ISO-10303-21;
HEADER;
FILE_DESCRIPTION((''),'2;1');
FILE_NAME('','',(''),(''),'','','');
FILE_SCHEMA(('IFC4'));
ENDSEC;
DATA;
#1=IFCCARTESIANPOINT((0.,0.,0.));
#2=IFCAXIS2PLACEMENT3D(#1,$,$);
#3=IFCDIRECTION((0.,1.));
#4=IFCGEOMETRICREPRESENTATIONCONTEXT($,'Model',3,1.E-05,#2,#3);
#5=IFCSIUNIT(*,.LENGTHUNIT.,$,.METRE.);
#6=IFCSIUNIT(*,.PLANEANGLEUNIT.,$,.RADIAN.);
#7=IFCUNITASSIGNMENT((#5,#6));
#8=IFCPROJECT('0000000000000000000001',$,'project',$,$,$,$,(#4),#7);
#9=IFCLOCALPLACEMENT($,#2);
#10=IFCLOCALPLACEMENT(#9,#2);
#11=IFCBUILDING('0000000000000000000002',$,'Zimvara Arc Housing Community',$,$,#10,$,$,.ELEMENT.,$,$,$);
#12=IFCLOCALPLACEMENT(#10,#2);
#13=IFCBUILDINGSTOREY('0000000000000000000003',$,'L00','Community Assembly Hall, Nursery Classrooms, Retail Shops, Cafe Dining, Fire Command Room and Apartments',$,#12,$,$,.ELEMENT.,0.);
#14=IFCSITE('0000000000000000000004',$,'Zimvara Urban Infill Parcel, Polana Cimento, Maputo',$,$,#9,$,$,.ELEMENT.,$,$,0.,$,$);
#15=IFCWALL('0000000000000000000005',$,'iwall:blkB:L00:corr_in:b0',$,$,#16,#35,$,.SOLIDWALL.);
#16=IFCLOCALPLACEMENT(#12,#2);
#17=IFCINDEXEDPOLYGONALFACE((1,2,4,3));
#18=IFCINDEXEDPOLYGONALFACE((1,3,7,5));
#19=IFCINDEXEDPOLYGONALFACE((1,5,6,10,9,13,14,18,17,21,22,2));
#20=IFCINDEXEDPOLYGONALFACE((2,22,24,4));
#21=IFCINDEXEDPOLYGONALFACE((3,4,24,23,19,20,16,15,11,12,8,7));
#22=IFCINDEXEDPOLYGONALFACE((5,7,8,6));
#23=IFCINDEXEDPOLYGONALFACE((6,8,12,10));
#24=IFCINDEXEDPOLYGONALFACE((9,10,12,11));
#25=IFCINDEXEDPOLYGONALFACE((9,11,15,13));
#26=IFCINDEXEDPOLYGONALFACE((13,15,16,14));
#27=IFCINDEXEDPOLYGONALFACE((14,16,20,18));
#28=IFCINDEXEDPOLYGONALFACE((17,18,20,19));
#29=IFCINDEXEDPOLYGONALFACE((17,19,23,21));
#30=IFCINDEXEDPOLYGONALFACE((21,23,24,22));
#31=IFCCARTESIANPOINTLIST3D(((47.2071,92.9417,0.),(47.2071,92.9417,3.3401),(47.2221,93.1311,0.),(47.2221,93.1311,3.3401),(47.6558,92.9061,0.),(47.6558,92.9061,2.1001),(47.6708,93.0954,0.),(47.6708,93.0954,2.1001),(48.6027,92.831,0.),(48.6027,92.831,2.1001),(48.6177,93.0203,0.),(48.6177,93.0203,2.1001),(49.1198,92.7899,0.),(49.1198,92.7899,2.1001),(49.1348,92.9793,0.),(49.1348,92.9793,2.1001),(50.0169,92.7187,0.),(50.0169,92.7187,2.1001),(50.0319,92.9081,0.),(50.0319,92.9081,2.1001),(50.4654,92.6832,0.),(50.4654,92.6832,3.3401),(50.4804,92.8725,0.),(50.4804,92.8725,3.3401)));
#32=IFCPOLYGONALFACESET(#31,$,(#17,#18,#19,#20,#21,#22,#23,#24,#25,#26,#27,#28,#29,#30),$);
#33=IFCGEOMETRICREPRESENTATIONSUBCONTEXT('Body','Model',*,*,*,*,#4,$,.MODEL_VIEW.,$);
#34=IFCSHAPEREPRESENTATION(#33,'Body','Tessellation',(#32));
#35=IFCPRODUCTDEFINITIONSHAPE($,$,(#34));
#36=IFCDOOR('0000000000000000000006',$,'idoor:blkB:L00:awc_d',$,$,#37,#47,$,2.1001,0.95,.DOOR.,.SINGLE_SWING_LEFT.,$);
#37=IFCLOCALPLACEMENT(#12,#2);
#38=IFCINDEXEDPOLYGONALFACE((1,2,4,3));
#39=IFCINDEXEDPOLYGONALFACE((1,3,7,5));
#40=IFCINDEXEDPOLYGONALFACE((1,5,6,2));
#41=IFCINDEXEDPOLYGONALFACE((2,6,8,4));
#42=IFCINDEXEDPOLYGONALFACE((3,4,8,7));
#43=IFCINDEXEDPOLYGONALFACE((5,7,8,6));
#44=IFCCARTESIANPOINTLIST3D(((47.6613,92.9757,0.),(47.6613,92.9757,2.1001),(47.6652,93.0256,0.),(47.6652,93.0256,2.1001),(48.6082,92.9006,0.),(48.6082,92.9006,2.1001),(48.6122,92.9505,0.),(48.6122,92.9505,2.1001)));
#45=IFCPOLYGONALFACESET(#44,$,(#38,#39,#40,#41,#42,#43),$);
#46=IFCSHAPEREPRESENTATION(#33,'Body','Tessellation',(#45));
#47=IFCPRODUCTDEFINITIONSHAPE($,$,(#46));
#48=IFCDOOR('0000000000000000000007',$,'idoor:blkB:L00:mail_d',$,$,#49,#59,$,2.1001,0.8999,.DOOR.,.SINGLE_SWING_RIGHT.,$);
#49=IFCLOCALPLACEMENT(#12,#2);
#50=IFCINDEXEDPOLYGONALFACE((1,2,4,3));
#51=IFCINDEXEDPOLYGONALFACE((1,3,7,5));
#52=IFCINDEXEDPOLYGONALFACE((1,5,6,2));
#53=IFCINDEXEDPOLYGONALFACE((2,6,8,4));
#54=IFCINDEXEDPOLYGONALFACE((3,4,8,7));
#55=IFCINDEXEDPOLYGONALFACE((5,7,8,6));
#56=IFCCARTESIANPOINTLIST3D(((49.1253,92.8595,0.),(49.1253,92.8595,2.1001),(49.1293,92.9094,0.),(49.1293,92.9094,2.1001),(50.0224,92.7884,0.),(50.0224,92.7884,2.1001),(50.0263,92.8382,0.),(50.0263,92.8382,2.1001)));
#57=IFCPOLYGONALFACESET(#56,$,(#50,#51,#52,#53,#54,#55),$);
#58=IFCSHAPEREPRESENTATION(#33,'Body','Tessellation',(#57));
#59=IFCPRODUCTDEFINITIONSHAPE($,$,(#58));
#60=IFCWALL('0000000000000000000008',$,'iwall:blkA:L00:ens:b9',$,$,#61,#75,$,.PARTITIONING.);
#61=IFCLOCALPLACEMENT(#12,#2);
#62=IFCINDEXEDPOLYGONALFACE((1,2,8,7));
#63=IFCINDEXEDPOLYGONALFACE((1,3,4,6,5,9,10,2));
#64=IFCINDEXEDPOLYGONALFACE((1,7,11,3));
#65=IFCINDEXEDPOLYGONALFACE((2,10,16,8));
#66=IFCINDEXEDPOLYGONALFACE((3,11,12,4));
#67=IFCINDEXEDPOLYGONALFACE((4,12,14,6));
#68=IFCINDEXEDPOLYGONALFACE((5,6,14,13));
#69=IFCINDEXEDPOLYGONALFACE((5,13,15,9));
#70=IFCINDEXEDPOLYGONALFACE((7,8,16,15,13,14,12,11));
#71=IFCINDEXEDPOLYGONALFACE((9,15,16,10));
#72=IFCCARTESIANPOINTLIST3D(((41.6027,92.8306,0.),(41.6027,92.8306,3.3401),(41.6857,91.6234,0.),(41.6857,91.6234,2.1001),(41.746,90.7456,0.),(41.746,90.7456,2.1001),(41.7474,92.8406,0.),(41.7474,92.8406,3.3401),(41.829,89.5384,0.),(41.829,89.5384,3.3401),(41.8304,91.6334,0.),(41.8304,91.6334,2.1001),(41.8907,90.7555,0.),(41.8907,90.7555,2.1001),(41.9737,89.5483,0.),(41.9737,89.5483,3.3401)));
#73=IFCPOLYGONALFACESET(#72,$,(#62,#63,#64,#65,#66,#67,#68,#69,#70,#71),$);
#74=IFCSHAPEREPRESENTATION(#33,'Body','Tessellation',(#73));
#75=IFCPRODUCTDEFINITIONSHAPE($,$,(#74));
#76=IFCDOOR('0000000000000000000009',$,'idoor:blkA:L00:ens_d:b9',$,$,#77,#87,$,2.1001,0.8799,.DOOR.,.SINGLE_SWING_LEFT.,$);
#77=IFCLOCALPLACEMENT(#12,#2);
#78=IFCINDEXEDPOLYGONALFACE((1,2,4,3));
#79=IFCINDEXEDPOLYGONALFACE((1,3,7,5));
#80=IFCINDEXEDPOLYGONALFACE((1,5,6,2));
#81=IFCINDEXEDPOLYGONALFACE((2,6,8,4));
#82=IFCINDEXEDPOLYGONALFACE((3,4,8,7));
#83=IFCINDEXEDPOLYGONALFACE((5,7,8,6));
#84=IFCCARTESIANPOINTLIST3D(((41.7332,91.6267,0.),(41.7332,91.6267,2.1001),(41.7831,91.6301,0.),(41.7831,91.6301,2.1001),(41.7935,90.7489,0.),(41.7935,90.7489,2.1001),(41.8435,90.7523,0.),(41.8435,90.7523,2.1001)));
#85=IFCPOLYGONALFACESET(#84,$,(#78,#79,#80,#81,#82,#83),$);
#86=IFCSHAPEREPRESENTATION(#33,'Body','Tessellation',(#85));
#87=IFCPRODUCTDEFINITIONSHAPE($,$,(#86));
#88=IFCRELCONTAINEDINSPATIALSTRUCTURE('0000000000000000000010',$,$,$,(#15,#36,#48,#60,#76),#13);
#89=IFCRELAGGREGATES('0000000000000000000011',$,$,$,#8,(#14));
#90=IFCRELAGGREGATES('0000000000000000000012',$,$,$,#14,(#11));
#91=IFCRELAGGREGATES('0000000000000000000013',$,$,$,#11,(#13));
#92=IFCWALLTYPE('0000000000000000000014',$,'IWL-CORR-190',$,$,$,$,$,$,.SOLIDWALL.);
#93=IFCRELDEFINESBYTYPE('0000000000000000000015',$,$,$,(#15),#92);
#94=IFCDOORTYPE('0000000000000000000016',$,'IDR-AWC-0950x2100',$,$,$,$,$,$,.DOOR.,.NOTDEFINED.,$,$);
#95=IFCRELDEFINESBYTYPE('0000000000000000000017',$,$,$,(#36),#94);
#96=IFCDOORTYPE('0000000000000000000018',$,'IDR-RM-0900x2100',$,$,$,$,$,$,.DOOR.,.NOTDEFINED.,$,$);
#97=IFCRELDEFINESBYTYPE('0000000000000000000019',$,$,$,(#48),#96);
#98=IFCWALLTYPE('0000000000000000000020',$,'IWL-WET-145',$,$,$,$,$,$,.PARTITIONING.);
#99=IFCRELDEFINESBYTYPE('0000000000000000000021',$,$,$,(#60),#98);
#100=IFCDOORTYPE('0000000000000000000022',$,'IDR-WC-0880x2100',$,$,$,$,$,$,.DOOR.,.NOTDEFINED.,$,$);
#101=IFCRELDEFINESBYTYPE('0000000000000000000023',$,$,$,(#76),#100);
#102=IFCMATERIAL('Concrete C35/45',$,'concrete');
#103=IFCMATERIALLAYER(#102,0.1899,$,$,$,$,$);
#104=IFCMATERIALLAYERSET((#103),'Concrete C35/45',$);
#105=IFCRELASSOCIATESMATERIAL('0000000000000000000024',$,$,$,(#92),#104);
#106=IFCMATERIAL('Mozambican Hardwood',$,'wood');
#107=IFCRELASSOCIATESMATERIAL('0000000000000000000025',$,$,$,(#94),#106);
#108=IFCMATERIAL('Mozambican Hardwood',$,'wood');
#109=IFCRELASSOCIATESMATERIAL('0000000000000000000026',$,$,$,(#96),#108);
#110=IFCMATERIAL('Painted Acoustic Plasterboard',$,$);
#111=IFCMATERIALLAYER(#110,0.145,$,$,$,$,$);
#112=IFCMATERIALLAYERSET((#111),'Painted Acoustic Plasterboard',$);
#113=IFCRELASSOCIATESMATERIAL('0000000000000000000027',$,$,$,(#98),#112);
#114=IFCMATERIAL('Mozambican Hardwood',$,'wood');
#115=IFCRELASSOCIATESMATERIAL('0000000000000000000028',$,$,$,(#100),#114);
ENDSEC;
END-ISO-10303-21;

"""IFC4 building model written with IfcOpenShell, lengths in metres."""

from ifc_helpers import new_model, si_unit, direction, frame, frame_2d, origin, place, context, subcontext, project, spatial, rectangle, extrude, material, layer, layer_set, type_object, element, fill, save


model = new_model("IFC4")

# Units and contexts
model_context = context("Model", 3, precision=1e-05, world=origin(), true_north=direction((0.0, 1.0)))
body_context = subcontext(model_context, "Body", "Model", "MODEL_VIEW")
ifc_project = project(units=[si_unit("LENGTHUNIT", "METRE"), si_unit("PLANEANGLEUNIT", "RADIAN")], contexts=[model_context])

# Site, building, storey
site_placement = place(None, origin())
site = spatial("IfcSite", under=ifc_project, at=site_placement, Name="Zimvara Urban Infill Parcel, Polana Cimento, Maputo", CompositionType="ELEMENT", RefElevation=0.0)
building_placement = place(site_placement, origin())
building = spatial("IfcBuilding", under=site, at=building_placement, Name="Zimvara Arc Housing Community", CompositionType="ELEMENT")
storey_placement = place(building_placement, origin())
storey = spatial("IfcBuildingStorey", under=building, at=storey_placement, Name="L00", Description="Community Assembly Hall, Nursery Classrooms, Retail Shops, Cafe Dining, Fire Command Room and Apartments", CompositionType="ELEMENT", Elevation=0.0)

# Wall, openings, doors
ifc_material_1 = material(Name="Concrete C35/45", Category="concrete")
ifc_layer_1 = layer(ifc_material_1, 0.1899)
ifc_layer_set_1 = layer_set([ifc_layer_1], Name="Concrete C35/45")
wall_type_1 = type_object("IfcWallType", Name="IWL-CORR-190", PredefinedType="SOLIDWALL", material=ifc_layer_set_1)
wall_1_placement = place(storey_placement, frame((47.2146, 93.0364, 0.0), z_axis=(0.0, 0.0, 1.0), x_axis=(0.996867, -0.079101, 0.0)))
wall_1 = element("IfcWall", 1, at=wall_1_placement, inside=storey, type_object=wall_type_1, Name="iwall:blkB:L00:corr_in:b0", PredefinedType="SOLIDWALL", context=body_context, shape_type="SweptSolid", body=[
    extrude(rectangle(XDim=3.2686, YDim=0.1899, at=frame_2d((1.6343, 0.0))), origin(), (0.0, 0.0, 1.0), 3.3401),
])
opening_1_placement = place(wall_1_placement, frame((0.45, 0.0, 0.0)))
opening_1 = element("IfcOpeningElement", 2, at=opening_1_placement, cuts=wall_1, PredefinedType="OPENING", context=body_context, shape_type="SweptSolid", body=[
    extrude(rectangle(XDim=0.95, YDim=2.1001, at=frame_2d((0.4751, 1.05))), frame((0.0, 0.105, 0.0), z_axis=(0.0, -1.0, 0.0), x_axis=(1.0, 0.0, 0.0)), (0.0, 0.0, 1.0), 0.21),
])
opening_2_placement = place(wall_1_placement, frame((1.9187, 0.0, 0.0)))
opening_2 = element("IfcOpeningElement", 3, at=opening_2_placement, cuts=wall_1, PredefinedType="OPENING", context=body_context, shape_type="SweptSolid", body=[
    extrude(rectangle(XDim=0.8999, YDim=2.1001, at=frame_2d((0.45, 1.05))), frame((0.0, 0.105, 0.0), z_axis=(0.0, -1.0, 0.0), x_axis=(1.0, 0.0, 0.0)), (0.0, 0.0, 1.0), 0.21),
])
ifc_material_2 = material(Name="Mozambican Hardwood", Category="wood")
door_type_1 = type_object("IfcDoorType", Name="IDR-AWC-0950x2100", OperationType="NOTDEFINED", PredefinedType="DOOR", material=ifc_material_2)
door_1_placement = place(opening_1_placement, origin())
door_1 = element("IfcDoor", 4, at=door_1_placement, inside=storey, type_object=door_type_1, Name="idoor:blkB:L00:awc_d", OperationType="SINGLE_SWING_LEFT", OverallHeight=2.1001, OverallWidth=0.95, PredefinedType="DOOR", context=body_context, shape_type="SweptSolid", body=[
    extrude(rectangle(XDim=0.95, YDim=2.1001, at=frame_2d((0.4751, 1.05))), frame((0.0, 0.0249, 0.0), z_axis=(0.0, -1.0, 0.0), x_axis=(1.0, 0.0, 0.0)), (0.0, 0.0, 1.0), 0.05),
])
fill(opening_1, door_1)
ifc_material_3 = material(Name="Mozambican Hardwood", Category="wood")
door_type_2 = type_object("IfcDoorType", Name="IDR-RM-0900x2100", OperationType="NOTDEFINED", PredefinedType="DOOR", material=ifc_material_3)
door_2_placement = place(opening_2_placement, origin())
door_2 = element("IfcDoor", 5, at=door_2_placement, inside=storey, type_object=door_type_2, Name="idoor:blkB:L00:mail_d", OperationType="SINGLE_SWING_RIGHT", OverallHeight=2.1001, OverallWidth=0.8999, PredefinedType="DOOR", context=body_context, shape_type="SweptSolid", body=[
    extrude(rectangle(XDim=0.8999, YDim=2.1001, at=frame_2d((0.45, 1.05))), frame((0.0, 0.0249, 0.0), z_axis=(0.0, -1.0, 0.0), x_axis=(1.0, 0.0, 0.0)), (0.0, 0.0, 1.0), 0.05),
])
fill(opening_2, door_2)

# Wall, opening, door
ifc_material_4 = material(Name="Painted Acoustic Plasterboard")
ifc_layer_2 = layer(ifc_material_4, 0.145)
ifc_layer_set_2 = layer_set([ifc_layer_2], Name="Painted Acoustic Plasterboard")
wall_type_2 = type_object("IfcWallType", Name="IWL-WET-145", PredefinedType="PARTITIONING", material=ifc_layer_set_2)
wall_2_placement = place(storey_placement, frame((41.9014, 89.5435, 0.0), z_axis=(0.0, 0.0, 1.0), x_axis=(-0.068581, 0.997646, 0.0)))
wall_2 = element("IfcWall", 6, at=wall_2_placement, inside=storey, type_object=wall_type_2, Name="iwall:blkA:L00:ens:b9", PredefinedType="PARTITIONING", context=body_context, shape_type="SweptSolid", body=[
    extrude(rectangle(XDim=3.3, YDim=0.145, at=frame_2d((1.6499, 0.0))), origin(), (0.0, 0.0, 1.0), 3.3401),
])
opening_3_placement = place(wall_2_placement, frame((1.21, 0.0, 0.0)))
opening_3 = element("IfcOpeningElement", 7, at=opening_3_placement, cuts=wall_2, PredefinedType="OPENING", context=body_context, shape_type="SweptSolid", body=[
    extrude(rectangle(XDim=0.8799, YDim=2.1001, at=frame_2d((0.4399, 1.05))), frame((0.0, 0.0825, 0.0), z_axis=(0.0, -1.0, 0.0), x_axis=(1.0, 0.0, 0.0)), (0.0, 0.0, 1.0), 0.165),
])
ifc_material_5 = material(Name="Mozambican Hardwood", Category="wood")
door_type_3 = type_object("IfcDoorType", Name="IDR-WC-0880x2100", OperationType="NOTDEFINED", PredefinedType="DOOR", material=ifc_material_5)
door_3_placement = place(opening_3_placement, origin())
door_3 = element("IfcDoor", 8, at=door_3_placement, inside=storey, type_object=door_type_3, Name="idoor:blkA:L00:ens_d:b9", OperationType="SINGLE_SWING_LEFT", OverallHeight=2.1001, OverallWidth=0.8799, PredefinedType="DOOR", context=body_context, shape_type="SweptSolid", body=[
    extrude(rectangle(XDim=0.8799, YDim=2.1001, at=frame_2d((0.4399, 1.05))), frame((0.0, 0.0249, 0.0), z_axis=(0.0, -1.0, 0.0), x_axis=(1.0, 0.0, 0.0)), (0.0, 0.0, 1.0), 0.05),
])
fill(opening_3, door_3)

save(model, "model.ifc")
